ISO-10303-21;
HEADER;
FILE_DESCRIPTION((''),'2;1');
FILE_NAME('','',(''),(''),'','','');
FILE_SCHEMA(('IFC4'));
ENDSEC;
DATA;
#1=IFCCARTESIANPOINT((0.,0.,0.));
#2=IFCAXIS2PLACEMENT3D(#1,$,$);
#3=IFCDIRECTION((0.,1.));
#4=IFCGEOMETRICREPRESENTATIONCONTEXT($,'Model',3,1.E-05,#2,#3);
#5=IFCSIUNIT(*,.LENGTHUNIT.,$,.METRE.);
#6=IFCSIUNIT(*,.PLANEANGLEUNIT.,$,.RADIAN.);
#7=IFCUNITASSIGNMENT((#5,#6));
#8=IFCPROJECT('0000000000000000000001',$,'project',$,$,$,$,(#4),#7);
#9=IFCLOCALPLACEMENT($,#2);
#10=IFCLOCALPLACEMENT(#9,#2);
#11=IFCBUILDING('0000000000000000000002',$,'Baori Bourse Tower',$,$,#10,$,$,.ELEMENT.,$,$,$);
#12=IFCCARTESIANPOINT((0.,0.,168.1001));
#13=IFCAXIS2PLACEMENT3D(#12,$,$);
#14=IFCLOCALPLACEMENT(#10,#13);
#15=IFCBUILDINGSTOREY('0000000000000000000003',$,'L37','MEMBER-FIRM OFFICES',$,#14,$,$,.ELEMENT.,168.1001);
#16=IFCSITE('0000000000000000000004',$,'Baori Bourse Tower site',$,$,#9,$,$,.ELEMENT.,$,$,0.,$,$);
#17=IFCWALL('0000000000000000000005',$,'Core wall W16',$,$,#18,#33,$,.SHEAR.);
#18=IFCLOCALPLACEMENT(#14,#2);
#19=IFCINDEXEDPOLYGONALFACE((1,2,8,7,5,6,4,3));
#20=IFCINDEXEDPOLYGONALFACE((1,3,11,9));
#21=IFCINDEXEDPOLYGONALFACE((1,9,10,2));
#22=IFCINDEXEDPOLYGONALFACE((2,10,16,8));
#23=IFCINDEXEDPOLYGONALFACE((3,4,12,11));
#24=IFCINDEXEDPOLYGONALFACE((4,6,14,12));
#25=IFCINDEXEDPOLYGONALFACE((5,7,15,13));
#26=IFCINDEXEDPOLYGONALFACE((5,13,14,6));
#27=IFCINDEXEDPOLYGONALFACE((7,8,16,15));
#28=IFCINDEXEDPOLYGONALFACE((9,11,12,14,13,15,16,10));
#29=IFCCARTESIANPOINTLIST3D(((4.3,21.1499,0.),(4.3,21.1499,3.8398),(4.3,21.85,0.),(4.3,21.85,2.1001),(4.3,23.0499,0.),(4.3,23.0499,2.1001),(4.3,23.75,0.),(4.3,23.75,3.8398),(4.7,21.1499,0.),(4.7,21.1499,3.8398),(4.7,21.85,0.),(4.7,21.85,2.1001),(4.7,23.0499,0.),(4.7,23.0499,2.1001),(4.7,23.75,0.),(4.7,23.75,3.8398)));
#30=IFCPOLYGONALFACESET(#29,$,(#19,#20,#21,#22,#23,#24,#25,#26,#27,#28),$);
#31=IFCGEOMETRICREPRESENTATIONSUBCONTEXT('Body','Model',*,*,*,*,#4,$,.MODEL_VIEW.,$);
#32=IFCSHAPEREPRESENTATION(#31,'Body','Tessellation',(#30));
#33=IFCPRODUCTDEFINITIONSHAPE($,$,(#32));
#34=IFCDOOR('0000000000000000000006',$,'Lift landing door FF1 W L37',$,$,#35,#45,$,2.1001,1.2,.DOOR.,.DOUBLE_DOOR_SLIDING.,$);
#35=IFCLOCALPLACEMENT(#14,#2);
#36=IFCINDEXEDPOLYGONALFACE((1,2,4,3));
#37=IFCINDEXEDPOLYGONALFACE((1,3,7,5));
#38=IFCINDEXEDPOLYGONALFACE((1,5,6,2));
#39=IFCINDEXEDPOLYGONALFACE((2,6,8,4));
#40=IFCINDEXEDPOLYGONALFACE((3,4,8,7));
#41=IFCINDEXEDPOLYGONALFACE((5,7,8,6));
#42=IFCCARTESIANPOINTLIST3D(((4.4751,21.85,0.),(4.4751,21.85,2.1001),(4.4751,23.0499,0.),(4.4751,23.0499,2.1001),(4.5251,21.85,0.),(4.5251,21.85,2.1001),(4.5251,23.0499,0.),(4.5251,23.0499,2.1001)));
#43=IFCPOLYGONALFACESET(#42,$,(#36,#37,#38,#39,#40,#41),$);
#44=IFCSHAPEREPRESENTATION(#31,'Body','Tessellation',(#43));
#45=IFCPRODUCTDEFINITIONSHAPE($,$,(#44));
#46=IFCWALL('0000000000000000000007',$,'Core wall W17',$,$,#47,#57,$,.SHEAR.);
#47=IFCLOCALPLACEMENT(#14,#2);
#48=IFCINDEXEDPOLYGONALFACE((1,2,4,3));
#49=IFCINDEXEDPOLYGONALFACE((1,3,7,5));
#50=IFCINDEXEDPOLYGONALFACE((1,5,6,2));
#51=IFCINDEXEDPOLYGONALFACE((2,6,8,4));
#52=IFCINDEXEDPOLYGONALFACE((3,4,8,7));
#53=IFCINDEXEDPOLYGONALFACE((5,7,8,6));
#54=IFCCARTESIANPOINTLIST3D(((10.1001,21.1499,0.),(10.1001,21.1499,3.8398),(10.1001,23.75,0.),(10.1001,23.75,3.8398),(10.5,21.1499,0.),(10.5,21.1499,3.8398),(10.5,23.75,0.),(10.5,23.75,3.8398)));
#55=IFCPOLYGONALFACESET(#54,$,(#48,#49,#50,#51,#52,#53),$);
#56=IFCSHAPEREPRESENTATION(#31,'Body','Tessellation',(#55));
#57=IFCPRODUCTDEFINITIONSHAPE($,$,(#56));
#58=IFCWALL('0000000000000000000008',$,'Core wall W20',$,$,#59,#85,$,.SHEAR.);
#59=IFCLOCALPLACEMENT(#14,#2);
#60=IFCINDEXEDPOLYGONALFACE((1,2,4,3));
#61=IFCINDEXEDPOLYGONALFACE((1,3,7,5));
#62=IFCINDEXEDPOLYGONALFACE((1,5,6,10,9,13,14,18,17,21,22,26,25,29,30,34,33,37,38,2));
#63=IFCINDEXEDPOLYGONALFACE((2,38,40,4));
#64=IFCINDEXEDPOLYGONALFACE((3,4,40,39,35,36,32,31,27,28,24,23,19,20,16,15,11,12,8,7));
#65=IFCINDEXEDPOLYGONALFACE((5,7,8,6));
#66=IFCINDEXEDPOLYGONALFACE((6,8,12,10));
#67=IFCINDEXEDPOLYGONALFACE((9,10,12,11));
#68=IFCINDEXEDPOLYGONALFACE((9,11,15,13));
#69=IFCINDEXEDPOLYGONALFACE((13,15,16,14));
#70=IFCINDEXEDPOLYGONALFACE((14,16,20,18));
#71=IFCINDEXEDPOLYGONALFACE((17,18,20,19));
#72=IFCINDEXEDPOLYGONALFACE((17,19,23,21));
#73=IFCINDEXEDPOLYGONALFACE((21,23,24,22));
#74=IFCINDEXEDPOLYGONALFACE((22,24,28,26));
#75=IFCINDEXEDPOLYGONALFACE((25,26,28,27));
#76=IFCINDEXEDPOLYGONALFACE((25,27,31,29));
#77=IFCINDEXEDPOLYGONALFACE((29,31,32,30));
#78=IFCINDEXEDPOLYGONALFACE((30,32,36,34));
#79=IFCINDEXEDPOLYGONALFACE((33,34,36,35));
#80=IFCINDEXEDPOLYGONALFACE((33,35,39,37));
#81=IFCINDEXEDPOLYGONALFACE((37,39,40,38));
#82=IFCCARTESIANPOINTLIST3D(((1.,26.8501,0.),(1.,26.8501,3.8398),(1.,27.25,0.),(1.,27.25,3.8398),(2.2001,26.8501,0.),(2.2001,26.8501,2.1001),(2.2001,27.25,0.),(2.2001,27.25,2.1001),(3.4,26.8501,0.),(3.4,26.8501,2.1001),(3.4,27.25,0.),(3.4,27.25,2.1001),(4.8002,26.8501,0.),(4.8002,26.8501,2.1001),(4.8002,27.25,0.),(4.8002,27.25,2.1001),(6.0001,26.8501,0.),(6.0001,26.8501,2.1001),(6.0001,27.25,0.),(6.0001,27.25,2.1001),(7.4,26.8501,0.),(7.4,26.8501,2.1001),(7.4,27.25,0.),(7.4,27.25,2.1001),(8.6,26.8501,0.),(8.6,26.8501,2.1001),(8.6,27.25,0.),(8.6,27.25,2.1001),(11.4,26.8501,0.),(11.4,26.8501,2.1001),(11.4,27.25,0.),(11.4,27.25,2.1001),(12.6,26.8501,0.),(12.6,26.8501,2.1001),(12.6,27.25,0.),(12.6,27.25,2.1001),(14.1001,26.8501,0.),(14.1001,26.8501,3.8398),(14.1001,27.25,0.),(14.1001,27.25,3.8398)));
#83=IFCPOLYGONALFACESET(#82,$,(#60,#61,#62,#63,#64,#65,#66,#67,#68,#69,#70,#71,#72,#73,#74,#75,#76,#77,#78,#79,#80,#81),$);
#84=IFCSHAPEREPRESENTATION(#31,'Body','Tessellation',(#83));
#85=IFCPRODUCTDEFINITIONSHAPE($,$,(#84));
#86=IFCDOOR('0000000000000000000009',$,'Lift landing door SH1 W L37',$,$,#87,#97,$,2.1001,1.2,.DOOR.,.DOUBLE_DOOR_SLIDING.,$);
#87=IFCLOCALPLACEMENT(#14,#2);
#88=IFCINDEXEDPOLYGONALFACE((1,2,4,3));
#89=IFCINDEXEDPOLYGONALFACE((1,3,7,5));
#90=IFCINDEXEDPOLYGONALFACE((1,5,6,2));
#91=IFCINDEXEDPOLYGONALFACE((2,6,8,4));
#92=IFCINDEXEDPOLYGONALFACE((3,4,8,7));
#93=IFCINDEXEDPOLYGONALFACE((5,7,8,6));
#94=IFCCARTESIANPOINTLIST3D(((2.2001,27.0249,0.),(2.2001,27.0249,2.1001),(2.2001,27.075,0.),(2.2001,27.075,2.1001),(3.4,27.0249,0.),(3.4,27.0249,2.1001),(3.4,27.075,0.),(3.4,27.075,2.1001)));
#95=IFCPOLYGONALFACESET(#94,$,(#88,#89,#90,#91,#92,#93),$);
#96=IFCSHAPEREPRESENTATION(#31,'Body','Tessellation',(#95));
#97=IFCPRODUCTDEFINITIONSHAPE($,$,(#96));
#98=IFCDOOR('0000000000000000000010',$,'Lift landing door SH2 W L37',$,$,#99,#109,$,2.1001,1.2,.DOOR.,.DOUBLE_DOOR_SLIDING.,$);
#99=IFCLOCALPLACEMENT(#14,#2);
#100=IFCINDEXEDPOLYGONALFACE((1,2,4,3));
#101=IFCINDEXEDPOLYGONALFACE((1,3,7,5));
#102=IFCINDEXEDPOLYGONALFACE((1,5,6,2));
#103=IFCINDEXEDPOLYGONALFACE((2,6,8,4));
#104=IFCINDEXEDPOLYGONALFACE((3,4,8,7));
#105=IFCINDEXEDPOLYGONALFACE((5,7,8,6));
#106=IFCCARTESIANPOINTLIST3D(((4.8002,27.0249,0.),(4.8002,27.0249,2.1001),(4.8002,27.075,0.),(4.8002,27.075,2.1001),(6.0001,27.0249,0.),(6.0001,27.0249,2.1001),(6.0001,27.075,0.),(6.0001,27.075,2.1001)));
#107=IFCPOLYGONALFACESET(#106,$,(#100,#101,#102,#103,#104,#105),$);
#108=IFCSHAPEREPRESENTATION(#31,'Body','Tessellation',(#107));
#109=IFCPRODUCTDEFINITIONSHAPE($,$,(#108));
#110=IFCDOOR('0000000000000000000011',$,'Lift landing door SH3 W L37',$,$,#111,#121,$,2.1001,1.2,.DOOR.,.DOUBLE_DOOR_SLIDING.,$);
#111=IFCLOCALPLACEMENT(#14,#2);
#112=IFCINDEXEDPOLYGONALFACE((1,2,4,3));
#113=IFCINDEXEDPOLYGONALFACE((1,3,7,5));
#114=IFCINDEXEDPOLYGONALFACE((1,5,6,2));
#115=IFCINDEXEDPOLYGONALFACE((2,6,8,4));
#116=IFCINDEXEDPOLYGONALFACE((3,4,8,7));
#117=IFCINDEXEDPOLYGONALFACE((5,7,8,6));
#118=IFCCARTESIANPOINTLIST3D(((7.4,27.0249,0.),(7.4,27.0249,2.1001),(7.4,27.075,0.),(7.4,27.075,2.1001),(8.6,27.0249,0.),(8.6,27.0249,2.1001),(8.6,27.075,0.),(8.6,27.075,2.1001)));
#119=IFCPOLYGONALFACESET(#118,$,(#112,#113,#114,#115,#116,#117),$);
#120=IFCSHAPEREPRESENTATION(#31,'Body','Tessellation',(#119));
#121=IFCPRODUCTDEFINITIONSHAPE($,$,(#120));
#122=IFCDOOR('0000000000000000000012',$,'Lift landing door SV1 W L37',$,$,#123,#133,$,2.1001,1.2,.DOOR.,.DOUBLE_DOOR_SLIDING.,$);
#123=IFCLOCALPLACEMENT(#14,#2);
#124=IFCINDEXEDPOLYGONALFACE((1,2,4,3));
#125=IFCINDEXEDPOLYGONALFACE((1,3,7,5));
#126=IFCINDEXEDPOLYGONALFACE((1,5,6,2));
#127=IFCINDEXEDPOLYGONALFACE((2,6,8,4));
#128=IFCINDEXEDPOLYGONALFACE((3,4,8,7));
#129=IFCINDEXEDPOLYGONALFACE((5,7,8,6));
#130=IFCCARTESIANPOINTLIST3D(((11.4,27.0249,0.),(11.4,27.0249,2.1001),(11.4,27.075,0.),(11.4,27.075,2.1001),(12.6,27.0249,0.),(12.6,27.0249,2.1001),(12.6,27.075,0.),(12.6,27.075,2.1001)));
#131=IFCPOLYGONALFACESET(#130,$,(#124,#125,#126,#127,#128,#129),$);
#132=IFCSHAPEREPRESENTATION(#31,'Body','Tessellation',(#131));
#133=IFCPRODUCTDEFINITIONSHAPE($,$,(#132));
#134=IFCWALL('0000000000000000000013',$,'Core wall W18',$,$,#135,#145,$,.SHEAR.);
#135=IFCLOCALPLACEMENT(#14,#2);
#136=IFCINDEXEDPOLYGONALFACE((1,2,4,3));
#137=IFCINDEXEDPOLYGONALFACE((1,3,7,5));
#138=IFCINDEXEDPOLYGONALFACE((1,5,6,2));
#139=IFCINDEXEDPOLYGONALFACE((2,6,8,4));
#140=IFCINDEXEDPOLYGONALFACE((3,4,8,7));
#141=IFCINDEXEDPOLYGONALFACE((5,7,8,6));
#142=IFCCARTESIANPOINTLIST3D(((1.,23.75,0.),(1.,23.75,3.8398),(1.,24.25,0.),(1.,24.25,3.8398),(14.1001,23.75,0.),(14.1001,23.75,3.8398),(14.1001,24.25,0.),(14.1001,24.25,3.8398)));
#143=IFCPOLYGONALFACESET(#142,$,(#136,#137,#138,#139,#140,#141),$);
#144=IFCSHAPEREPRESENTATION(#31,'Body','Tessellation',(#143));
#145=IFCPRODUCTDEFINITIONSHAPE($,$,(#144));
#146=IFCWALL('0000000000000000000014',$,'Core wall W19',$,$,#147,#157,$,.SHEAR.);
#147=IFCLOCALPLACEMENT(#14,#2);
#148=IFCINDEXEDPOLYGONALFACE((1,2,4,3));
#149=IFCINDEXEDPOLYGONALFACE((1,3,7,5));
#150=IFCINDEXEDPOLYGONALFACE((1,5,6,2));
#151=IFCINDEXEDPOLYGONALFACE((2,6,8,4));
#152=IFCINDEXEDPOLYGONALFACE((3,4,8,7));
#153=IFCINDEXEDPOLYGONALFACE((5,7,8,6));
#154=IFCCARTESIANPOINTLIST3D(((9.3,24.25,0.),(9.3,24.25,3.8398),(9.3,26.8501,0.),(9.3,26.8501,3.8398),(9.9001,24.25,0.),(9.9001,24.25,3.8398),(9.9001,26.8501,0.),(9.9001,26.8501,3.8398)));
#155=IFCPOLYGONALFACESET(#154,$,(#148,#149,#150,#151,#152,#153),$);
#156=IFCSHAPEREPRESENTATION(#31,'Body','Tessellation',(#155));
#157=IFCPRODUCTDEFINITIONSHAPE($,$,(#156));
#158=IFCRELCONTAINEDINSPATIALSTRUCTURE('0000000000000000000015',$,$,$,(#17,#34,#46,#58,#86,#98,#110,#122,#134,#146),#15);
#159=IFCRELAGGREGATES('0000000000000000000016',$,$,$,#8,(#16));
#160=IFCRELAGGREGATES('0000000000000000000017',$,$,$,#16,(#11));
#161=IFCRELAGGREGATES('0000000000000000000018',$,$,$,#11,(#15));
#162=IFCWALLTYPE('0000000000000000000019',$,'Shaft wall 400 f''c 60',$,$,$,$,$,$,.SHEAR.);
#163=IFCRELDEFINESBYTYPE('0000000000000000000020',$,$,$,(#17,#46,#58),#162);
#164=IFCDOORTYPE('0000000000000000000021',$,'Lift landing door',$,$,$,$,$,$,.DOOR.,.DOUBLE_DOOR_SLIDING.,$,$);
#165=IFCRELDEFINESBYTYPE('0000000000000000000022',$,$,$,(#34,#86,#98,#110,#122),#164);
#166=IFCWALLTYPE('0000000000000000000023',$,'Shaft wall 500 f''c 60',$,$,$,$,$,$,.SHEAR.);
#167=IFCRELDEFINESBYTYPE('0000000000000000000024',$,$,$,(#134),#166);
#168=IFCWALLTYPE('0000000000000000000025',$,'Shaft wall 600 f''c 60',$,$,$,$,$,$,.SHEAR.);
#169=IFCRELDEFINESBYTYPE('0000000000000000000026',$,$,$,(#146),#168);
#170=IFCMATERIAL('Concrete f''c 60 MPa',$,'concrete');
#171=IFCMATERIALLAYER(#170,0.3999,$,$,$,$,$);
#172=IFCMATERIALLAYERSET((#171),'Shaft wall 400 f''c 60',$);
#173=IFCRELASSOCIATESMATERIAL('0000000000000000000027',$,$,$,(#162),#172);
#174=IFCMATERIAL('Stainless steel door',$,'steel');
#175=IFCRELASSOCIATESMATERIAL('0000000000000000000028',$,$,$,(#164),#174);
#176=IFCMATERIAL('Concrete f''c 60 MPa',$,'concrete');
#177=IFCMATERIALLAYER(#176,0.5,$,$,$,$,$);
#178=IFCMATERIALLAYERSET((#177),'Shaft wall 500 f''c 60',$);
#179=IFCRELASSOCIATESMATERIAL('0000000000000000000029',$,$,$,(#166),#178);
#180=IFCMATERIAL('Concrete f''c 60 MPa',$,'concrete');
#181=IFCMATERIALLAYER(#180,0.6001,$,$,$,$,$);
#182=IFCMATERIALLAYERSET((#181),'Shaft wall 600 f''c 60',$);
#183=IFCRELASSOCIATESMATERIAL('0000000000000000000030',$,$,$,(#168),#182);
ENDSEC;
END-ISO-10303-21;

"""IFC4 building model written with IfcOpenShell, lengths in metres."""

from ifc_helpers import new_model, si_unit, direction, frame, frame_2d, origin, place, context, subcontext, project, spatial, rectangle, extrude, material, layer, layer_set, type_object, element, fill, save


model = new_model("IFC4")

# Units and contexts
model_context = context("Model", 3, precision=1e-05, world=origin(), true_north=direction((0.0, 1.0)))
body_context = subcontext(model_context, "Body", "Model", "MODEL_VIEW")
ifc_project = project(units=[si_unit("LENGTHUNIT", "METRE"), si_unit("PLANEANGLEUNIT", "RADIAN")], contexts=[model_context])

# Site, building, storey
site_placement = place(None, origin())
site = spatial("IfcSite", under=ifc_project, at=site_placement, Name="Baori Bourse Tower site", CompositionType="ELEMENT", RefElevation=0.0)
building_placement = place(site_placement, origin())
building = spatial("IfcBuilding", under=site, at=building_placement, Name="Baori Bourse Tower", CompositionType="ELEMENT")
storey_placement = place(building_placement, frame((0.0, 0.0, 168.1001)))
storey = spatial("IfcBuildingStorey", under=building, at=storey_placement, Name="L37", Description="MEMBER-FIRM OFFICES", CompositionType="ELEMENT", Elevation=168.1001)

# Shared definitions
ifc_material_1 = material(Name="Concrete f'c 60 MPa", Category="concrete")
ifc_layer_1 = layer(ifc_material_1, 0.3999)
ifc_layer_set_1 = layer_set([ifc_layer_1], Name="Shaft wall 400 f'c 60")
wall_type_1 = type_object("IfcWallType", Name="Shaft wall 400 f'c 60", PredefinedType="SHEAR", material=ifc_layer_set_1)

# Wall, opening, door
wall_1_placement = place(storey_placement, frame((4.5, 21.1499, 0.0), z_axis=(0.0, 0.0, 1.0), x_axis=(0.0, 1.0, 0.0)))
wall_1 = element("IfcWall", 1, at=wall_1_placement, inside=storey, type_object=wall_type_1, Name="Core wall W16", PredefinedType="SHEAR", context=body_context, shape_type="SweptSolid", body=[
    extrude(rectangle(XDim=2.6001, YDim=0.3999, at=frame_2d((1.3, 0.0))), origin(), (0.0, 0.0, 1.0), 3.8398),
])
opening_1_placement = place(wall_1_placement, frame((0.7, 0.0, 0.0)))
opening_1 = element("IfcOpeningElement", 2, at=opening_1_placement, cuts=wall_1, PredefinedType="OPENING", context=body_context, shape_type="SweptSolid", body=[
    extrude(rectangle(XDim=1.2, YDim=2.1001, at=frame_2d((0.6001, 1.05))), frame((0.0, 0.21, 0.0), z_axis=(0.0, -1.0, 0.0), x_axis=(1.0, 0.0, 0.0)), (0.0, 0.0, 1.0), 0.4199),
])
ifc_material_2 = material(Name="Stainless steel door", Category="steel")
door_type_1 = type_object("IfcDoorType", Name="Lift landing door", OperationType="DOUBLE_DOOR_SLIDING", PredefinedType="DOOR", material=ifc_material_2)
door_1_placement = place(opening_1_placement, origin())
door_1 = element("IfcDoor", 3, at=door_1_placement, inside=storey, type_object=door_type_1, Name="Lift landing door FF1 W L37", OperationType="DOUBLE_DOOR_SLIDING", OverallHeight=2.1001, OverallWidth=1.2, PredefinedType="DOOR", context=body_context, shape_type="SweptSolid", body=[
    extrude(rectangle(XDim=1.2, YDim=2.1001, at=frame_2d((0.6001, 1.05))), frame((0.0, 0.0249, 0.0), z_axis=(0.0, -1.0, 0.0), x_axis=(1.0, 0.0, 0.0)), (0.0, 0.0, 1.0), 0.05),
])
fill(opening_1, door_1)

# Wall
wall_2_placement = place(storey_placement, frame((10.3, 21.1499, 0.0), z_axis=(0.0, 0.0, 1.0), x_axis=(0.0, 1.0, 0.0)))
element("IfcWall", 4, at=wall_2_placement, inside=storey, type_object=wall_type_1, Name="Core wall W17", PredefinedType="SHEAR", context=body_context, shape_type="SweptSolid", body=[
    extrude(rectangle(XDim=2.6001, YDim=0.3999, at=frame_2d((1.3, 0.0))), origin(), (0.0, 0.0, 1.0), 3.8398),
])

# Wall, openings, doors
wall_3_placement = place(storey_placement, frame((1.0, 27.05, 0.0), z_axis=(0.0, 0.0, 1.0), x_axis=(1.0, 0.0, 0.0)))
wall_3 = element("IfcWall", 5, at=wall_3_placement, inside=storey, type_object=wall_type_1, Name="Core wall W20", PredefinedType="SHEAR", context=body_context, shape_type="SweptSolid", body=[
    extrude(rectangle(XDim=13.1001, YDim=0.3999, at=frame_2d((6.55, 0.0))), origin(), (0.0, 0.0, 1.0), 3.8398),
])
opening_2_placement = place(wall_3_placement, frame((1.2, 0.0, 0.0)))
opening_2 = element("IfcOpeningElement", 6, at=opening_2_placement, cuts=wall_3, PredefinedType="OPENING", context=body_context, shape_type="SweptSolid", body=[
    extrude(rectangle(XDim=1.2, YDim=2.1001, at=frame_2d((0.6001, 1.05))), frame((0.0, 0.21, 0.0), z_axis=(0.0, -1.0, 0.0), x_axis=(1.0, 0.0, 0.0)), (0.0, 0.0, 1.0), 0.4199),
])
opening_3_placement = place(wall_3_placement, frame((3.8, 0.0, 0.0)))
opening_3 = element("IfcOpeningElement", 7, at=opening_3_placement, cuts=wall_3, PredefinedType="OPENING", context=body_context, shape_type="SweptSolid", body=[
    extrude(rectangle(XDim=1.2, YDim=2.1001, at=frame_2d((0.6001, 1.05))), frame((0.0, 0.21, 0.0), z_axis=(0.0, -1.0, 0.0), x_axis=(1.0, 0.0, 0.0)), (0.0, 0.0, 1.0), 0.4199),
])
opening_4_placement = place(wall_3_placement, frame((6.3999, 0.0, 0.0)))
opening_4 = element("IfcOpeningElement", 8, at=opening_4_placement, cuts=wall_3, PredefinedType="OPENING", context=body_context, shape_type="SweptSolid", body=[
    extrude(rectangle(XDim=1.2, YDim=2.1001, at=frame_2d((0.6001, 1.05))), frame((0.0, 0.21, 0.0), z_axis=(0.0, -1.0, 0.0), x_axis=(1.0, 0.0, 0.0)), (0.0, 0.0, 1.0), 0.4199),
])
opening_5_placement = place(wall_3_placement, frame((10.3999, 0.0, 0.0)))
opening_5 = element("IfcOpeningElement", 9, at=opening_5_placement, cuts=wall_3, PredefinedType="OPENING", context=body_context, shape_type="SweptSolid", body=[
    extrude(rectangle(XDim=1.2, YDim=2.1001, at=frame_2d((0.6001, 1.05))), frame((0.0, 0.21, 0.0), z_axis=(0.0, -1.0, 0.0), x_axis=(1.0, 0.0, 0.0)), (0.0, 0.0, 1.0), 0.4199),
])
door_2_placement = place(opening_2_placement, origin())
door_2 = element("IfcDoor", 10, at=door_2_placement, inside=storey, type_object=door_type_1, Name="Lift landing door SH1 W L37", OperationType="DOUBLE_DOOR_SLIDING", OverallHeight=2.1001, OverallWidth=1.2, PredefinedType="DOOR", context=body_context, shape_type="SweptSolid", body=[
    extrude(rectangle(XDim=1.2, YDim=2.1001, at=frame_2d((0.6001, 1.05))), frame((0.0, 0.0249, 0.0), z_axis=(0.0, -1.0, 0.0), x_axis=(1.0, 0.0, 0.0)), (0.0, 0.0, 1.0), 0.05),
])
fill(opening_2, door_2)
door_3_placement = place(opening_3_placement, origin())
door_3 = element("IfcDoor", 11, at=door_3_placement, inside=storey, type_object=door_type_1, Name="Lift landing door SH2 W L37", OperationType="DOUBLE_DOOR_SLIDING", OverallHeight=2.1001, OverallWidth=1.2, PredefinedType="DOOR", context=body_context, shape_type="SweptSolid", body=[
    extrude(rectangle(XDim=1.2, YDim=2.1001, at=frame_2d((0.6001, 1.05))), frame((0.0, 0.0249, 0.0), z_axis=(0.0, -1.0, 0.0), x_axis=(1.0, 0.0, 0.0)), (0.0, 0.0, 1.0), 0.05),
])
fill(opening_3, door_3)
door_4_placement = place(opening_4_placement, origin())
door_4 = element("IfcDoor", 12, at=door_4_placement, inside=storey, type_object=door_type_1, Name="Lift landing door SH3 W L37", OperationType="DOUBLE_DOOR_SLIDING", OverallHeight=2.1001, OverallWidth=1.2, PredefinedType="DOOR", context=body_context, shape_type="SweptSolid", body=[
    extrude(rectangle(XDim=1.2, YDim=2.1001, at=frame_2d((0.6001, 1.05))), frame((0.0, 0.0249, 0.0), z_axis=(0.0, -1.0, 0.0), x_axis=(1.0, 0.0, 0.0)), (0.0, 0.0, 1.0), 0.05),
])
fill(opening_4, door_4)
door_5_placement = place(opening_5_placement, origin())
door_5 = element("IfcDoor", 13, at=door_5_placement, inside=storey, type_object=door_type_1, Name="Lift landing door SV1 W L37", OperationType="DOUBLE_DOOR_SLIDING", OverallHeight=2.1001, OverallWidth=1.2, PredefinedType="DOOR", context=body_context, shape_type="SweptSolid", body=[
    extrude(rectangle(XDim=1.2, YDim=2.1001, at=frame_2d((0.6001, 1.05))), frame((0.0, 0.0249, 0.0), z_axis=(0.0, -1.0, 0.0), x_axis=(1.0, 0.0, 0.0)), (0.0, 0.0, 1.0), 0.05),
])
fill(opening_5, door_5)

# Walls
ifc_material_3 = material(Name="Concrete f'c 60 MPa", Category="concrete")
ifc_layer_2 = layer(ifc_material_3, 0.5)
ifc_layer_set_2 = layer_set([ifc_layer_2], Name="Shaft wall 500 f'c 60")
wall_type_2 = type_object("IfcWallType", Name="Shaft wall 500 f'c 60", PredefinedType="SHEAR", material=ifc_layer_set_2)
wall_4_placement = place(storey_placement, frame((1.0, 24.0, 0.0), z_axis=(0.0, 0.0, 1.0), x_axis=(1.0, 0.0, 0.0)))
element("IfcWall", 14, at=wall_4_placement, inside=storey, type_object=wall_type_2, Name="Core wall W18", PredefinedType="SHEAR", context=body_context, shape_type="SweptSolid", body=[
    extrude(rectangle(XDim=13.1001, YDim=0.5, at=frame_2d((6.55, 0.0))), origin(), (0.0, 0.0, 1.0), 3.8398),
])
ifc_material_4 = material(Name="Concrete f'c 60 MPa", Category="concrete")
ifc_layer_3 = layer(ifc_material_4, 0.6001)
ifc_layer_set_3 = layer_set([ifc_layer_3], Name="Shaft wall 600 f'c 60")
wall_type_3 = type_object("IfcWallType", Name="Shaft wall 600 f'c 60", PredefinedType="SHEAR", material=ifc_layer_set_3)
wall_5_placement = place(storey_placement, frame((9.6001, 24.25, 0.0), z_axis=(0.0, 0.0, 1.0), x_axis=(0.0, 1.0, 0.0)))
element("IfcWall", 15, at=wall_5_placement, inside=storey, type_object=wall_type_3, Name="Core wall W19", PredefinedType="SHEAR", context=body_context, shape_type="SweptSolid", body=[
    extrude(rectangle(XDim=2.6001, YDim=0.6001, at=frame_2d((1.3, 0.0))), origin(), (0.0, 0.0, 1.0), 3.8398),
])

save(model, "model.ifc")
